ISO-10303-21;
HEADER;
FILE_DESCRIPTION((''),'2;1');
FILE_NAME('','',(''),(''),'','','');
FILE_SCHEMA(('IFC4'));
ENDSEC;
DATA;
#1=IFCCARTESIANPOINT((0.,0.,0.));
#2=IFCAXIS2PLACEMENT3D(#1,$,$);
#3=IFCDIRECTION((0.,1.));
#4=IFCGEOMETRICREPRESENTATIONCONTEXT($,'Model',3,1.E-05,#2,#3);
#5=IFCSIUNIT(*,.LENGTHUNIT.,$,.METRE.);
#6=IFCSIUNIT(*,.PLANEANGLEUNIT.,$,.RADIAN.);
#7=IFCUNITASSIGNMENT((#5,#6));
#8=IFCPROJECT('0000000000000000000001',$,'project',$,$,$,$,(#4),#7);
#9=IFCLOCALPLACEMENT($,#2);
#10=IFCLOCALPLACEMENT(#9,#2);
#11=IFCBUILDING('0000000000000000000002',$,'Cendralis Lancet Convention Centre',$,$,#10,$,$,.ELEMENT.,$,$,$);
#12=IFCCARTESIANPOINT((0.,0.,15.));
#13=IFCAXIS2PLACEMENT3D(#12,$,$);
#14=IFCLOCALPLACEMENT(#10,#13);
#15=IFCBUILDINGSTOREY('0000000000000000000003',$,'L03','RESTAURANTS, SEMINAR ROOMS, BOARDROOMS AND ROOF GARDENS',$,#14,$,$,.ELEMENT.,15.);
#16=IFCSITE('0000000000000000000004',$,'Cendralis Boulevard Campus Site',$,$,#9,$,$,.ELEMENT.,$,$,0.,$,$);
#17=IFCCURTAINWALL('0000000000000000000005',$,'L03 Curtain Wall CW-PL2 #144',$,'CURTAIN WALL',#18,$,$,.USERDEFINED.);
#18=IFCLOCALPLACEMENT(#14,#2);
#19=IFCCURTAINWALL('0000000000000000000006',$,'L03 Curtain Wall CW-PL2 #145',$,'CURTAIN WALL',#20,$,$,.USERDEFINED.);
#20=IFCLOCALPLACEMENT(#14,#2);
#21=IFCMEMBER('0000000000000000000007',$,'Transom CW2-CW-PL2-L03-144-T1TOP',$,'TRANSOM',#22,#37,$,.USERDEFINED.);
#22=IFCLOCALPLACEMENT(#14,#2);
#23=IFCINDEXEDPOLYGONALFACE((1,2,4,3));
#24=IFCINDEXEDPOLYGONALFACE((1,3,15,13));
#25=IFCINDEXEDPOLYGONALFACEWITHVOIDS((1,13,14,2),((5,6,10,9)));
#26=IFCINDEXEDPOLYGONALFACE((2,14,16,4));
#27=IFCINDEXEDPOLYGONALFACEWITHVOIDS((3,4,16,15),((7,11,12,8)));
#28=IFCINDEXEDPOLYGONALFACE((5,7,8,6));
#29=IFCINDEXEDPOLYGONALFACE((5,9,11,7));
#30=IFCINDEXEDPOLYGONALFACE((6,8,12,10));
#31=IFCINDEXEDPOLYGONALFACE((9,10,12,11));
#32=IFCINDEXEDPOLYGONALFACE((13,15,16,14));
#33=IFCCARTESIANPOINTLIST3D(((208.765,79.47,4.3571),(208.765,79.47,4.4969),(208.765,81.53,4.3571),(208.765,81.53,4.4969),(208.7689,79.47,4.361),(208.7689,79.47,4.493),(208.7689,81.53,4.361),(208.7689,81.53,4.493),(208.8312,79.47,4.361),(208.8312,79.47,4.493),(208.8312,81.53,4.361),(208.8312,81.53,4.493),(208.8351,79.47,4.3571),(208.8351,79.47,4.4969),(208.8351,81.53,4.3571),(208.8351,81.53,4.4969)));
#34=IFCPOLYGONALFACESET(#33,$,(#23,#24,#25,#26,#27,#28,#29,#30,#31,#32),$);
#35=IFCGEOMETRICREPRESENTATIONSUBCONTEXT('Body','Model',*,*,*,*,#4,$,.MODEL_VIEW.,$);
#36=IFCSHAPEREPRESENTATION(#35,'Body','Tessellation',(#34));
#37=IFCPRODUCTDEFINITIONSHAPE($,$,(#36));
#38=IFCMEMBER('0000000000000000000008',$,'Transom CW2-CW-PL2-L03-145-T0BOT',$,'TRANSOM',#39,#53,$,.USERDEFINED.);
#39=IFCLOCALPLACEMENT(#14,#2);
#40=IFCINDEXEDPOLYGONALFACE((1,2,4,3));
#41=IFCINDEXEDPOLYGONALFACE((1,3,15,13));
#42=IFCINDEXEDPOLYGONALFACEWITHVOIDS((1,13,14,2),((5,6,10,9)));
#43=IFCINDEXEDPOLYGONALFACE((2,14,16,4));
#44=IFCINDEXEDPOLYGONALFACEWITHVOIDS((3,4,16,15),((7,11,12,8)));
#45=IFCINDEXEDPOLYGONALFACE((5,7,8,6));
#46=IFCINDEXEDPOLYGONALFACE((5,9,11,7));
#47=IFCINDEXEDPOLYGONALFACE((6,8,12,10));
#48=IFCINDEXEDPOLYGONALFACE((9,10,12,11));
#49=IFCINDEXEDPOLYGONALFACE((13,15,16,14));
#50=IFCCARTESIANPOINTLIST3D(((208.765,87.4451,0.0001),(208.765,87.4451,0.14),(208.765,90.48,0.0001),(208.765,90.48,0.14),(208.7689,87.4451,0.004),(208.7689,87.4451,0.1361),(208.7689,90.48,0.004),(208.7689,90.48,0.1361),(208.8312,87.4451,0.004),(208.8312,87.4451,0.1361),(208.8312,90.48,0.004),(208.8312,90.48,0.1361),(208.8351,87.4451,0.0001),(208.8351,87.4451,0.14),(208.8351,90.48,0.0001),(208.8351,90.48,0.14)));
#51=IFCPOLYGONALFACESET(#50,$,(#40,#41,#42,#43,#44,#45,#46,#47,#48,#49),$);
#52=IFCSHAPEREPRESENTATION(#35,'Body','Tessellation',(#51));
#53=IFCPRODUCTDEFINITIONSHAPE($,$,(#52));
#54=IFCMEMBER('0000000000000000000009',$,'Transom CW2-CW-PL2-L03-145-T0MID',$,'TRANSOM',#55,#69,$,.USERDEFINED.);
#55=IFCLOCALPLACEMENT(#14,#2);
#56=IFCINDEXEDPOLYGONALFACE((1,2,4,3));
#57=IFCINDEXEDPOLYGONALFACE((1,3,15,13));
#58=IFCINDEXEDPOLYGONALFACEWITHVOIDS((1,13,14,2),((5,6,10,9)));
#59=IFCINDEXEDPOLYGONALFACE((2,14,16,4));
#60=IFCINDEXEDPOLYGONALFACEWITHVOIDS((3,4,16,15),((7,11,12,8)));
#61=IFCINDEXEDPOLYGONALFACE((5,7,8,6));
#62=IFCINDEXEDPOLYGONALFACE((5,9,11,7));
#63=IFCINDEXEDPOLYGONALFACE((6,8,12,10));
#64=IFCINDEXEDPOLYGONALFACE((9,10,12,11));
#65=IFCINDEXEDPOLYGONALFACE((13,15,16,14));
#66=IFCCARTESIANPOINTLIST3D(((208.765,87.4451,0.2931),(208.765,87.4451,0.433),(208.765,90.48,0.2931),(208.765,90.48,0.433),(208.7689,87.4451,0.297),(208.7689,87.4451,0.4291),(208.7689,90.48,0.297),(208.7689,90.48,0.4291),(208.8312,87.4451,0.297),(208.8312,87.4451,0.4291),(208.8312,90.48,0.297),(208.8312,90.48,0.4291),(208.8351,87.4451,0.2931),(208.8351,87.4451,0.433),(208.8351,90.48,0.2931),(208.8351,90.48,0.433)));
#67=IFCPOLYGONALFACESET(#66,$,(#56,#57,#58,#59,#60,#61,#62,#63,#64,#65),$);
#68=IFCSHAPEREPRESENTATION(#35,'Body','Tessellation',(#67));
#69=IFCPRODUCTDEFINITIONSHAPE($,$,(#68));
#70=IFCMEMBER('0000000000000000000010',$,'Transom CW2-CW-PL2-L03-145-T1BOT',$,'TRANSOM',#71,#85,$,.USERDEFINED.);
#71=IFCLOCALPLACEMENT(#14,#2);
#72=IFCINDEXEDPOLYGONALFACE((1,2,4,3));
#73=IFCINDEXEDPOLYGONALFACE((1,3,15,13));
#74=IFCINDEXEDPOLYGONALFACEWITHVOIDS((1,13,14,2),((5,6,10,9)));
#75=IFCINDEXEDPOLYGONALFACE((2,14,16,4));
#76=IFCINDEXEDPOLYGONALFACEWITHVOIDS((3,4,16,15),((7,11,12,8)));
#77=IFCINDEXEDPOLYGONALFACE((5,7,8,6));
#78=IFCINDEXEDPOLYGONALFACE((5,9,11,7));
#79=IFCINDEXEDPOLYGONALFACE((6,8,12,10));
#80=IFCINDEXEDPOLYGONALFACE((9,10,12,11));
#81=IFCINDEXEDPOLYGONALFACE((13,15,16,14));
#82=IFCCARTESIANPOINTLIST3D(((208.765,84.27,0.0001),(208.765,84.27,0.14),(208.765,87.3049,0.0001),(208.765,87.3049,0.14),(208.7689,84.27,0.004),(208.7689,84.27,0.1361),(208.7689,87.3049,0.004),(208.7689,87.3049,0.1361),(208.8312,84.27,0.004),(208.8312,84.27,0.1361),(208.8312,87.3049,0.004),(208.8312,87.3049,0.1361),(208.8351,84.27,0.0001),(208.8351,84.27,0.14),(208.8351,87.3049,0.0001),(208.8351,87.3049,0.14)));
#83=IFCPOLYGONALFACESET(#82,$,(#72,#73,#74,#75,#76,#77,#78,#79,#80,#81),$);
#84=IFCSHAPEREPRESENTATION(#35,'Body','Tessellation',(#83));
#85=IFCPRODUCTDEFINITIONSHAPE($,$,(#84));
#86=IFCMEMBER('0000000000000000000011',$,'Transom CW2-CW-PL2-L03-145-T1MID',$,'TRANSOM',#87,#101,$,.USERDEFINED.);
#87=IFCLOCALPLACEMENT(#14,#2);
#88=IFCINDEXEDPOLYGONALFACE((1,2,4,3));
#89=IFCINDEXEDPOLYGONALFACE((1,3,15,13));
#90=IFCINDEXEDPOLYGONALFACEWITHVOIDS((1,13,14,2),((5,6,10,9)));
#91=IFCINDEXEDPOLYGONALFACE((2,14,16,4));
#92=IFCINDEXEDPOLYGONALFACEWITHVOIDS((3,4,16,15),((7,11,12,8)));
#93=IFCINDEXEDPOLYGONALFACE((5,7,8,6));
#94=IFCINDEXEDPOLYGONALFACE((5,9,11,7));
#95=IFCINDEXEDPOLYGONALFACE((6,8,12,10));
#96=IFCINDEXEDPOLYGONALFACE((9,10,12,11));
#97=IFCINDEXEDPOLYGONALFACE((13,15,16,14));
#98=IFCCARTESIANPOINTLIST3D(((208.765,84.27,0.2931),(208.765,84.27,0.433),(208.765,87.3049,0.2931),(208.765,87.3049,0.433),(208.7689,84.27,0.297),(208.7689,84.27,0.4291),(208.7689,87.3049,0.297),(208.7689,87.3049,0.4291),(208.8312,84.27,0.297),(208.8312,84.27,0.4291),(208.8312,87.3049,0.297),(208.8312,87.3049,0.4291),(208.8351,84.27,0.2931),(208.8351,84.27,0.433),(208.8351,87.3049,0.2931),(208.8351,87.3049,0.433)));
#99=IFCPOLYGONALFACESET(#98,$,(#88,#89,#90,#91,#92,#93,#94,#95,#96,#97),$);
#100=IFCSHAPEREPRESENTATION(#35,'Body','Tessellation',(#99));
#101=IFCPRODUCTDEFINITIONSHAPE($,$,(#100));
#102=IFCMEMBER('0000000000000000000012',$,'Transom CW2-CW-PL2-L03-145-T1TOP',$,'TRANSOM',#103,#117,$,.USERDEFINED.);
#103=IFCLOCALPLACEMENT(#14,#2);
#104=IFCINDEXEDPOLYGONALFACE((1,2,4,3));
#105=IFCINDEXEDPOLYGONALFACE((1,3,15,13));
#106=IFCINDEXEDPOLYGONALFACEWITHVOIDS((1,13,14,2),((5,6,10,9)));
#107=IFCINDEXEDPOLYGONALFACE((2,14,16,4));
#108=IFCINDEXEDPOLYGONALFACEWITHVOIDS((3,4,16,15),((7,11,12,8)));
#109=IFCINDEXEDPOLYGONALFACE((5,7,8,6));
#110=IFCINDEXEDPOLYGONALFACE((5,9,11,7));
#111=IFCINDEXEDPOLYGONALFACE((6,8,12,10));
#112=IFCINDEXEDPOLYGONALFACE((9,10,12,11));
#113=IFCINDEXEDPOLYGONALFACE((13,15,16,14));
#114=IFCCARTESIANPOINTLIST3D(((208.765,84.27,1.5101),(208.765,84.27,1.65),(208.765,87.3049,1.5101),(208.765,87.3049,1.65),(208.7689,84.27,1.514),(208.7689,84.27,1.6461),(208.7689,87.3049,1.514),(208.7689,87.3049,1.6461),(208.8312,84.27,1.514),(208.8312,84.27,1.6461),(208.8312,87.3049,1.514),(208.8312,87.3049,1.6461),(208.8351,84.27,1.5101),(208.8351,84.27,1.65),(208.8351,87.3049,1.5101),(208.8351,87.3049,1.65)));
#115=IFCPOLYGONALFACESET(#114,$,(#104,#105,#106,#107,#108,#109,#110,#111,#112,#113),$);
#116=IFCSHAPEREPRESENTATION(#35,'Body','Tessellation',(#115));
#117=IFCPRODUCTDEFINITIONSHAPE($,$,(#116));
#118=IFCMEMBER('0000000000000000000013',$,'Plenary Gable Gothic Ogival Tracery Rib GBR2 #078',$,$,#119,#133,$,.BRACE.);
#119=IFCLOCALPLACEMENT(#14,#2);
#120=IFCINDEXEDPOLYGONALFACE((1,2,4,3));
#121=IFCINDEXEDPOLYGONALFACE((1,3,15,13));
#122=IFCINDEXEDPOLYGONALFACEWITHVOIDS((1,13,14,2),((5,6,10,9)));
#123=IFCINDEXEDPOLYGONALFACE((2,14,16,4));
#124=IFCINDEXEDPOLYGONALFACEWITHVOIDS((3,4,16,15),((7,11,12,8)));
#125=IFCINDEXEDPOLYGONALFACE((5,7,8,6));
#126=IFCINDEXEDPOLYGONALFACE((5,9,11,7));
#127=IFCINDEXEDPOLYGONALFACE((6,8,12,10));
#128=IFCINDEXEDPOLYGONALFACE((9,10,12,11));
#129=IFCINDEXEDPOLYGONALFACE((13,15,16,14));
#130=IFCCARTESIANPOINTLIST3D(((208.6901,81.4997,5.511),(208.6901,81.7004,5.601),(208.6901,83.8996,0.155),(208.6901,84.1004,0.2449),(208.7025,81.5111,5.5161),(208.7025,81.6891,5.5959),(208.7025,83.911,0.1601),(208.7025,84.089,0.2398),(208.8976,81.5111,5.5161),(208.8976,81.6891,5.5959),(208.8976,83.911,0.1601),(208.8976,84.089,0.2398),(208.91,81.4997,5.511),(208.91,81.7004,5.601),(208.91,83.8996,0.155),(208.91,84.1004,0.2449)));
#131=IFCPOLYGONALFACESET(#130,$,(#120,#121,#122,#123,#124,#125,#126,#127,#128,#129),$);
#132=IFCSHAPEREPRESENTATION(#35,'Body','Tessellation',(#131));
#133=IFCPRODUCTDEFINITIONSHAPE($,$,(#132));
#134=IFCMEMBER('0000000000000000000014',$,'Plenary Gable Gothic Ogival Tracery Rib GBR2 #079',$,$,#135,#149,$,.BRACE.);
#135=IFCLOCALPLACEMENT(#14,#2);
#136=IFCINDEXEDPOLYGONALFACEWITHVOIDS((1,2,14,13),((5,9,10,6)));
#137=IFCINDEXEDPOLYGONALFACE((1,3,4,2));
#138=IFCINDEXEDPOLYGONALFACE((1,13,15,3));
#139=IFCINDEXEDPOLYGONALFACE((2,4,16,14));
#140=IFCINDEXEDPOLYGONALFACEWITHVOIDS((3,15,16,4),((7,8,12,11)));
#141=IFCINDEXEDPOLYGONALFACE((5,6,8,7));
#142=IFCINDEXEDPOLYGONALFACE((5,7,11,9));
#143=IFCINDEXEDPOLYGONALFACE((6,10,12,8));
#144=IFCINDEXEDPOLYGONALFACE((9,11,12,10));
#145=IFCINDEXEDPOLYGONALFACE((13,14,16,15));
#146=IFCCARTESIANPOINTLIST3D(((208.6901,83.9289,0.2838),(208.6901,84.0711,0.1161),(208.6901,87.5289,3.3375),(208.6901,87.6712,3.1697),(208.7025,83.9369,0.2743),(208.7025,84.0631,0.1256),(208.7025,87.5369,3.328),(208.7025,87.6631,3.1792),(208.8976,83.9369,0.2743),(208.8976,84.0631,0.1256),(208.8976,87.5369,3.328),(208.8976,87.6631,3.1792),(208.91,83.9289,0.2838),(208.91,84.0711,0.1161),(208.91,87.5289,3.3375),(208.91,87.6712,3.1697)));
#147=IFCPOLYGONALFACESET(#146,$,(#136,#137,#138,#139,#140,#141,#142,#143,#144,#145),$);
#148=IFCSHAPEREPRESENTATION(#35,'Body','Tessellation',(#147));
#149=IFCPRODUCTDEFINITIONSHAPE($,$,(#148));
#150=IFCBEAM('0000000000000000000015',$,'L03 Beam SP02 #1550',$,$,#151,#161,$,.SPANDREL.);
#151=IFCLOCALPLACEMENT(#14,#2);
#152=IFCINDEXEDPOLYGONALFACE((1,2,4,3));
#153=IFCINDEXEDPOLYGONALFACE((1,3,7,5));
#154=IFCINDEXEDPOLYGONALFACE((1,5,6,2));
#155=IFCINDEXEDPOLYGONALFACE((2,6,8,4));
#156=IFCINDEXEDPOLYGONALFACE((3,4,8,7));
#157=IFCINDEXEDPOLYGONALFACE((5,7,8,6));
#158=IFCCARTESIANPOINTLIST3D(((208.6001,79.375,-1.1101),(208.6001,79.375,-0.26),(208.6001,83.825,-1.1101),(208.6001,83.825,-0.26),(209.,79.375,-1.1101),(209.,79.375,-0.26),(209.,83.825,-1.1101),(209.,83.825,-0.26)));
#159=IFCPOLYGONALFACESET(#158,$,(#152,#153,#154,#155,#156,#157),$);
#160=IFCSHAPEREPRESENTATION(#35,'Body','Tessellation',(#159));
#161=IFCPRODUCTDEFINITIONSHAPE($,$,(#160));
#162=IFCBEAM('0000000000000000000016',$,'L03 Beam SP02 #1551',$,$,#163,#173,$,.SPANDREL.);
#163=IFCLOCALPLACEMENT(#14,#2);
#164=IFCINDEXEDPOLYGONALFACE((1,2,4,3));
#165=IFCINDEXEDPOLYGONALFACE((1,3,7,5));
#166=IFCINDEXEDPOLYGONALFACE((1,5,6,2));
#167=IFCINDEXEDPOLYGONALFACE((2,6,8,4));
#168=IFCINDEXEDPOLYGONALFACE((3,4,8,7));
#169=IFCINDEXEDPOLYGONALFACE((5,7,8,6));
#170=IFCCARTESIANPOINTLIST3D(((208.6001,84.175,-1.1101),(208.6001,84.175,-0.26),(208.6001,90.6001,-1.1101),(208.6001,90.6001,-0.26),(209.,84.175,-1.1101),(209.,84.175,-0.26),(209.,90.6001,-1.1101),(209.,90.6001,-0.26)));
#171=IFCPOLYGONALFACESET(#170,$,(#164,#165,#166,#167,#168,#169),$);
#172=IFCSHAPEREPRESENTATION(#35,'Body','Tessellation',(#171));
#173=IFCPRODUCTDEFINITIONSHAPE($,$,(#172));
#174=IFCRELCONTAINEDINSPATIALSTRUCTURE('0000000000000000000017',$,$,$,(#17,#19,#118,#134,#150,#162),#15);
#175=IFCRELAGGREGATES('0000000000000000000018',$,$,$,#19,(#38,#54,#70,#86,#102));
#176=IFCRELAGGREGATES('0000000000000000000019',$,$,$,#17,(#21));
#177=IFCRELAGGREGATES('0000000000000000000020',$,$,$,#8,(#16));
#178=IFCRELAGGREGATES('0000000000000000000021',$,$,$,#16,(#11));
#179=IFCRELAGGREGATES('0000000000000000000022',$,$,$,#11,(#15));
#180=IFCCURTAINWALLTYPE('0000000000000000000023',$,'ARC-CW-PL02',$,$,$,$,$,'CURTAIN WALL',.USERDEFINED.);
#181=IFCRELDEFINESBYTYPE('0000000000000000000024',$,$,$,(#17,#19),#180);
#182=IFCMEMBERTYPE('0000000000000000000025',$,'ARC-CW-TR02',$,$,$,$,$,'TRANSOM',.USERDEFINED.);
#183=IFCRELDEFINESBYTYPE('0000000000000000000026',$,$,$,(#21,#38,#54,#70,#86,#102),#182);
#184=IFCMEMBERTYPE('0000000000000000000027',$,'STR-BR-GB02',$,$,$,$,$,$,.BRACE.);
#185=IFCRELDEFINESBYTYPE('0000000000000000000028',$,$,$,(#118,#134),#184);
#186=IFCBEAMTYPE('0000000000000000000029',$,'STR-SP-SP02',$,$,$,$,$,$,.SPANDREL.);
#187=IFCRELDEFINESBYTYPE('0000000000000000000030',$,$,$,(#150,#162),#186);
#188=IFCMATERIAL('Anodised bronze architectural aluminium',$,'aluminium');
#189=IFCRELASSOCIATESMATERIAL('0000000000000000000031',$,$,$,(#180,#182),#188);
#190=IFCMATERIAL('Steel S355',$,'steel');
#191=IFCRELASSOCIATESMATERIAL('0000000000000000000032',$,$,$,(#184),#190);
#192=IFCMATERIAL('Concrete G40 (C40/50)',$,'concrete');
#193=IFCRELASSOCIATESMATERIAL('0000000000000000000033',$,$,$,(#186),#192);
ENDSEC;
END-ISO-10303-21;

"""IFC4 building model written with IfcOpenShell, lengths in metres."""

from ifc_helpers import new_model, si_unit, direction, frame, origin, origin_2d, place, context, subcontext, project, spatial, rectangle, hollow_rectangle, extrude, material, material_profile, profile_set, type_object, element, aggregate, save


model = new_model("IFC4")

# Units and contexts
model_context = context("Model", 3, precision=1e-05, world=origin(), true_north=direction((0.0, 1.0)))
body_context = subcontext(model_context, "Body", "Model", "MODEL_VIEW")
ifc_project = project(units=[si_unit("LENGTHUNIT", "METRE"), si_unit("PLANEANGLEUNIT", "RADIAN")], contexts=[model_context])

# Site, building, storey
site_placement = place(None, origin())
site = spatial("IfcSite", under=ifc_project, at=site_placement, Name="Cendralis Boulevard Campus Site", CompositionType="ELEMENT", RefElevation=0.0)
building_placement = place(site_placement, origin())
building = spatial("IfcBuilding", under=site, at=building_placement, Name="Cendralis Lancet Convention Centre", CompositionType="ELEMENT")
storey_placement = place(building_placement, frame((0.0, 0.0, 15.0)))
storey = spatial("IfcBuildingStorey", under=building, at=storey_placement, Name="L03", Description="RESTAURANTS, SEMINAR ROOMS, BOARDROOMS AND ROOF GARDENS", CompositionType="ELEMENT", Elevation=15.0)

# Shared definitions
ifc_material_1 = material(Name="Steel S355", Category="steel")

# Curtain walls
ifc_material_2 = material(Name="Anodised bronze architectural aluminium", Category="aluminium")
curtain_wall_type = type_object("IfcCurtainWallType", Name="ARC-CW-PL02", ElementType="CURTAIN WALL", PredefinedType="USERDEFINED", material=ifc_material_2)
curtain_wall_1_placement = place(storey_placement, origin())
curtain_wall_1 = element("IfcCurtainWall", 1, at=curtain_wall_1_placement, inside=storey, type_object=curtain_wall_type, Name="L03 Curtain Wall CW-PL2 #144", ObjectType="CURTAIN WALL", PredefinedType="USERDEFINED")
curtain_wall_2_placement = place(storey_placement, origin())
curtain_wall_2 = element("IfcCurtainWall", 2, at=curtain_wall_2_placement, inside=storey, type_object=curtain_wall_type, Name="L03 Curtain Wall CW-PL2 #145", ObjectType="CURTAIN WALL", PredefinedType="USERDEFINED")

# Members
ifc_material_profile_1 = material_profile(ifc_material_2, hollow_rectangle(XDim=0.0701, YDim=0.1399, WallThickness=0.0039, at=origin_2d()), Name="AL-TRAN 70x140x4.0")
ifc_profile_set_1 = profile_set([ifc_material_profile_1], Name="Anodised bronze architectural aluminium")
member_type_1 = type_object("IfcMemberType", Name="ARC-CW-TR02", ElementType="TRANSOM", PredefinedType="USERDEFINED", material=ifc_profile_set_1)
member_1_placement = place(storey_placement, frame((208.8, 81.53, 4.427), z_axis=(0.0, -1.0, 0.0), x_axis=(1.0, 0.0, 0.0)))
member_1 = element("IfcMember", 3, at=member_1_placement, type_object=member_type_1, Name="Transom CW2-CW-PL2-L03-144-T1TOP", ObjectType="TRANSOM", PredefinedType="USERDEFINED", context=body_context, shape_type="SweptSolid", body=[
    extrude(hollow_rectangle(XDim=0.0701, YDim=0.1399, WallThickness=0.0039, at=origin_2d()), origin(), (0.0, 0.0, 1.0), 2.0601),
])
member_2_placement = place(storey_placement, frame((208.8, 90.48, 0.0701), z_axis=(0.0, -1.0, 0.0), x_axis=(1.0, 0.0, 0.0)))
member_2 = element("IfcMember", 4, at=member_2_placement, type_object=member_type_1, Name="Transom CW2-CW-PL2-L03-145-T0BOT", ObjectType="TRANSOM", PredefinedType="USERDEFINED", context=body_context, shape_type="SweptSolid", body=[
    extrude(hollow_rectangle(XDim=0.0701, YDim=0.1399, WallThickness=0.0039, at=origin_2d()), origin(), (0.0, 0.0, 1.0), 3.0349),
])
member_3_placement = place(storey_placement, frame((208.8, 90.48, 0.363), z_axis=(0.0, -1.0, 0.0), x_axis=(1.0, 0.0, 0.0)))
member_3 = element("IfcMember", 5, at=member_3_placement, type_object=member_type_1, Name="Transom CW2-CW-PL2-L03-145-T0MID", ObjectType="TRANSOM", PredefinedType="USERDEFINED", context=body_context, shape_type="SweptSolid", body=[
    extrude(hollow_rectangle(XDim=0.0701, YDim=0.1399, WallThickness=0.0039, at=origin_2d()), origin(), (0.0, 0.0, 1.0), 3.0349),
])
member_4_placement = place(storey_placement, frame((208.8, 87.3049, 0.0701), z_axis=(0.0, -1.0, 0.0), x_axis=(1.0, 0.0, 0.0)))
member_4 = element("IfcMember", 6, at=member_4_placement, type_object=member_type_1, Name="Transom CW2-CW-PL2-L03-145-T1BOT", ObjectType="TRANSOM", PredefinedType="USERDEFINED", context=body_context, shape_type="SweptSolid", body=[
    extrude(hollow_rectangle(XDim=0.0701, YDim=0.1399, WallThickness=0.0039, at=origin_2d()), origin(), (0.0, 0.0, 1.0), 3.0349),
])
member_5_placement = place(storey_placement, frame((208.8, 87.3049, 0.363), z_axis=(0.0, -1.0, 0.0), x_axis=(1.0, 0.0, 0.0)))
member_5 = element("IfcMember", 7, at=member_5_placement, type_object=member_type_1, Name="Transom CW2-CW-PL2-L03-145-T1MID", ObjectType="TRANSOM", PredefinedType="USERDEFINED", context=body_context, shape_type="SweptSolid", body=[
    extrude(hollow_rectangle(XDim=0.0701, YDim=0.1399, WallThickness=0.0039, at=origin_2d()), origin(), (0.0, 0.0, 1.0), 3.0349),
])
member_6_placement = place(storey_placement, frame((208.8, 87.3049, 1.5801), z_axis=(0.0, -1.0, 0.0), x_axis=(1.0, 0.0, 0.0)))
member_6 = element("IfcMember", 8, at=member_6_placement, type_object=member_type_1, Name="Transom CW2-CW-PL2-L03-145-T1TOP", ObjectType="TRANSOM", PredefinedType="USERDEFINED", context=body_context, shape_type="SweptSolid", body=[
    extrude(hollow_rectangle(XDim=0.0701, YDim=0.1399, WallThickness=0.0039, at=origin_2d()), origin(), (0.0, 0.0, 1.0), 3.0349),
])

# Members
ifc_material_profile_2 = material_profile(ifc_material_1, hollow_rectangle(XDim=0.22, YDim=0.22, WallThickness=0.0125, at=origin_2d()), Name="SHS 220x220x12.5")
ifc_profile_set_2 = profile_set([ifc_material_profile_2], Name="Steel S355")
member_type_2 = type_object("IfcMemberType", Name="STR-BR-GB02", PredefinedType="BRACE", material=ifc_profile_set_2)
member_7_placement = place(storey_placement, frame((208.8, 84.0, 0.2), z_axis=(0.0, -0.408908, 0.912576), x_axis=(1.0, 0.0, 0.0)))
element("IfcMember", 9, at=member_7_placement, inside=storey, type_object=member_type_2, Name="Plenary Gable Gothic Ogival Tracery Rib GBR2 #078", PredefinedType="BRACE", context=body_context, shape_type="SweptSolid", body=[
    extrude(hollow_rectangle(XDim=0.22, YDim=0.22, WallThickness=0.0125, at=origin_2d()), origin(), (0.0, 0.0, 1.0), 5.8691),
])
member_8_placement = place(storey_placement, frame((208.8, 84.0, 0.2), z_axis=(0.0, 0.762605, 0.646864), x_axis=(-1.0, 0.0, 0.0)))
element("IfcMember", 10, at=member_8_placement, inside=storey, type_object=member_type_2, Name="Plenary Gable Gothic Ogival Tracery Rib GBR2 #079", PredefinedType="BRACE", context=body_context, shape_type="SweptSolid", body=[
    extrude(hollow_rectangle(XDim=0.22, YDim=0.22, WallThickness=0.0125, at=origin_2d()), origin(), (0.0, 0.0, 1.0), 4.7207),
])

# Beams
ifc_material_3 = material(Name="Concrete G40 (C40/50)", Category="concrete")
ifc_material_profile_3 = material_profile(ifc_material_3, rectangle(XDim=0.3999, YDim=0.8501, at=origin_2d()), Name="RCB 400x850")
ifc_profile_set_3 = profile_set([ifc_material_profile_3], Name="Concrete G40 (C40/50)")
beam_type = type_object("IfcBeamType", Name="STR-SP-SP02", PredefinedType="SPANDREL", material=ifc_profile_set_3)
beam_1_placement = place(storey_placement, frame((208.8, 79.375, -0.6851), z_axis=(0.0, 1.0, 0.0), x_axis=(-1.0, 0.0, 0.0)))
element("IfcBeam", 11, at=beam_1_placement, inside=storey, type_object=beam_type, Name="L03 Beam SP02 #1550", PredefinedType="SPANDREL", context=body_context, shape_type="SweptSolid", body=[
    extrude(rectangle(XDim=0.3999, YDim=0.8501, at=origin_2d()), origin(), (0.0, 0.0, 1.0), 4.45),
])
beam_2_placement = place(storey_placement, frame((208.8, 84.175, -0.6851), z_axis=(0.0, 1.0, 0.0), x_axis=(-1.0, 0.0, 0.0)))
element("IfcBeam", 12, at=beam_2_placement, inside=storey, type_object=beam_type, Name="L03 Beam SP02 #1551", PredefinedType="SPANDREL", context=body_context, shape_type="SweptSolid", body=[
    extrude(rectangle(XDim=0.3999, YDim=0.8501, at=origin_2d()), origin(), (0.0, 0.0, 1.0), 6.425),
])

aggregate(curtain_wall_2, [member_2, member_3, member_4, member_5, member_6])
aggregate(curtain_wall_1, [member_1])

save(model, "model.ifc")
